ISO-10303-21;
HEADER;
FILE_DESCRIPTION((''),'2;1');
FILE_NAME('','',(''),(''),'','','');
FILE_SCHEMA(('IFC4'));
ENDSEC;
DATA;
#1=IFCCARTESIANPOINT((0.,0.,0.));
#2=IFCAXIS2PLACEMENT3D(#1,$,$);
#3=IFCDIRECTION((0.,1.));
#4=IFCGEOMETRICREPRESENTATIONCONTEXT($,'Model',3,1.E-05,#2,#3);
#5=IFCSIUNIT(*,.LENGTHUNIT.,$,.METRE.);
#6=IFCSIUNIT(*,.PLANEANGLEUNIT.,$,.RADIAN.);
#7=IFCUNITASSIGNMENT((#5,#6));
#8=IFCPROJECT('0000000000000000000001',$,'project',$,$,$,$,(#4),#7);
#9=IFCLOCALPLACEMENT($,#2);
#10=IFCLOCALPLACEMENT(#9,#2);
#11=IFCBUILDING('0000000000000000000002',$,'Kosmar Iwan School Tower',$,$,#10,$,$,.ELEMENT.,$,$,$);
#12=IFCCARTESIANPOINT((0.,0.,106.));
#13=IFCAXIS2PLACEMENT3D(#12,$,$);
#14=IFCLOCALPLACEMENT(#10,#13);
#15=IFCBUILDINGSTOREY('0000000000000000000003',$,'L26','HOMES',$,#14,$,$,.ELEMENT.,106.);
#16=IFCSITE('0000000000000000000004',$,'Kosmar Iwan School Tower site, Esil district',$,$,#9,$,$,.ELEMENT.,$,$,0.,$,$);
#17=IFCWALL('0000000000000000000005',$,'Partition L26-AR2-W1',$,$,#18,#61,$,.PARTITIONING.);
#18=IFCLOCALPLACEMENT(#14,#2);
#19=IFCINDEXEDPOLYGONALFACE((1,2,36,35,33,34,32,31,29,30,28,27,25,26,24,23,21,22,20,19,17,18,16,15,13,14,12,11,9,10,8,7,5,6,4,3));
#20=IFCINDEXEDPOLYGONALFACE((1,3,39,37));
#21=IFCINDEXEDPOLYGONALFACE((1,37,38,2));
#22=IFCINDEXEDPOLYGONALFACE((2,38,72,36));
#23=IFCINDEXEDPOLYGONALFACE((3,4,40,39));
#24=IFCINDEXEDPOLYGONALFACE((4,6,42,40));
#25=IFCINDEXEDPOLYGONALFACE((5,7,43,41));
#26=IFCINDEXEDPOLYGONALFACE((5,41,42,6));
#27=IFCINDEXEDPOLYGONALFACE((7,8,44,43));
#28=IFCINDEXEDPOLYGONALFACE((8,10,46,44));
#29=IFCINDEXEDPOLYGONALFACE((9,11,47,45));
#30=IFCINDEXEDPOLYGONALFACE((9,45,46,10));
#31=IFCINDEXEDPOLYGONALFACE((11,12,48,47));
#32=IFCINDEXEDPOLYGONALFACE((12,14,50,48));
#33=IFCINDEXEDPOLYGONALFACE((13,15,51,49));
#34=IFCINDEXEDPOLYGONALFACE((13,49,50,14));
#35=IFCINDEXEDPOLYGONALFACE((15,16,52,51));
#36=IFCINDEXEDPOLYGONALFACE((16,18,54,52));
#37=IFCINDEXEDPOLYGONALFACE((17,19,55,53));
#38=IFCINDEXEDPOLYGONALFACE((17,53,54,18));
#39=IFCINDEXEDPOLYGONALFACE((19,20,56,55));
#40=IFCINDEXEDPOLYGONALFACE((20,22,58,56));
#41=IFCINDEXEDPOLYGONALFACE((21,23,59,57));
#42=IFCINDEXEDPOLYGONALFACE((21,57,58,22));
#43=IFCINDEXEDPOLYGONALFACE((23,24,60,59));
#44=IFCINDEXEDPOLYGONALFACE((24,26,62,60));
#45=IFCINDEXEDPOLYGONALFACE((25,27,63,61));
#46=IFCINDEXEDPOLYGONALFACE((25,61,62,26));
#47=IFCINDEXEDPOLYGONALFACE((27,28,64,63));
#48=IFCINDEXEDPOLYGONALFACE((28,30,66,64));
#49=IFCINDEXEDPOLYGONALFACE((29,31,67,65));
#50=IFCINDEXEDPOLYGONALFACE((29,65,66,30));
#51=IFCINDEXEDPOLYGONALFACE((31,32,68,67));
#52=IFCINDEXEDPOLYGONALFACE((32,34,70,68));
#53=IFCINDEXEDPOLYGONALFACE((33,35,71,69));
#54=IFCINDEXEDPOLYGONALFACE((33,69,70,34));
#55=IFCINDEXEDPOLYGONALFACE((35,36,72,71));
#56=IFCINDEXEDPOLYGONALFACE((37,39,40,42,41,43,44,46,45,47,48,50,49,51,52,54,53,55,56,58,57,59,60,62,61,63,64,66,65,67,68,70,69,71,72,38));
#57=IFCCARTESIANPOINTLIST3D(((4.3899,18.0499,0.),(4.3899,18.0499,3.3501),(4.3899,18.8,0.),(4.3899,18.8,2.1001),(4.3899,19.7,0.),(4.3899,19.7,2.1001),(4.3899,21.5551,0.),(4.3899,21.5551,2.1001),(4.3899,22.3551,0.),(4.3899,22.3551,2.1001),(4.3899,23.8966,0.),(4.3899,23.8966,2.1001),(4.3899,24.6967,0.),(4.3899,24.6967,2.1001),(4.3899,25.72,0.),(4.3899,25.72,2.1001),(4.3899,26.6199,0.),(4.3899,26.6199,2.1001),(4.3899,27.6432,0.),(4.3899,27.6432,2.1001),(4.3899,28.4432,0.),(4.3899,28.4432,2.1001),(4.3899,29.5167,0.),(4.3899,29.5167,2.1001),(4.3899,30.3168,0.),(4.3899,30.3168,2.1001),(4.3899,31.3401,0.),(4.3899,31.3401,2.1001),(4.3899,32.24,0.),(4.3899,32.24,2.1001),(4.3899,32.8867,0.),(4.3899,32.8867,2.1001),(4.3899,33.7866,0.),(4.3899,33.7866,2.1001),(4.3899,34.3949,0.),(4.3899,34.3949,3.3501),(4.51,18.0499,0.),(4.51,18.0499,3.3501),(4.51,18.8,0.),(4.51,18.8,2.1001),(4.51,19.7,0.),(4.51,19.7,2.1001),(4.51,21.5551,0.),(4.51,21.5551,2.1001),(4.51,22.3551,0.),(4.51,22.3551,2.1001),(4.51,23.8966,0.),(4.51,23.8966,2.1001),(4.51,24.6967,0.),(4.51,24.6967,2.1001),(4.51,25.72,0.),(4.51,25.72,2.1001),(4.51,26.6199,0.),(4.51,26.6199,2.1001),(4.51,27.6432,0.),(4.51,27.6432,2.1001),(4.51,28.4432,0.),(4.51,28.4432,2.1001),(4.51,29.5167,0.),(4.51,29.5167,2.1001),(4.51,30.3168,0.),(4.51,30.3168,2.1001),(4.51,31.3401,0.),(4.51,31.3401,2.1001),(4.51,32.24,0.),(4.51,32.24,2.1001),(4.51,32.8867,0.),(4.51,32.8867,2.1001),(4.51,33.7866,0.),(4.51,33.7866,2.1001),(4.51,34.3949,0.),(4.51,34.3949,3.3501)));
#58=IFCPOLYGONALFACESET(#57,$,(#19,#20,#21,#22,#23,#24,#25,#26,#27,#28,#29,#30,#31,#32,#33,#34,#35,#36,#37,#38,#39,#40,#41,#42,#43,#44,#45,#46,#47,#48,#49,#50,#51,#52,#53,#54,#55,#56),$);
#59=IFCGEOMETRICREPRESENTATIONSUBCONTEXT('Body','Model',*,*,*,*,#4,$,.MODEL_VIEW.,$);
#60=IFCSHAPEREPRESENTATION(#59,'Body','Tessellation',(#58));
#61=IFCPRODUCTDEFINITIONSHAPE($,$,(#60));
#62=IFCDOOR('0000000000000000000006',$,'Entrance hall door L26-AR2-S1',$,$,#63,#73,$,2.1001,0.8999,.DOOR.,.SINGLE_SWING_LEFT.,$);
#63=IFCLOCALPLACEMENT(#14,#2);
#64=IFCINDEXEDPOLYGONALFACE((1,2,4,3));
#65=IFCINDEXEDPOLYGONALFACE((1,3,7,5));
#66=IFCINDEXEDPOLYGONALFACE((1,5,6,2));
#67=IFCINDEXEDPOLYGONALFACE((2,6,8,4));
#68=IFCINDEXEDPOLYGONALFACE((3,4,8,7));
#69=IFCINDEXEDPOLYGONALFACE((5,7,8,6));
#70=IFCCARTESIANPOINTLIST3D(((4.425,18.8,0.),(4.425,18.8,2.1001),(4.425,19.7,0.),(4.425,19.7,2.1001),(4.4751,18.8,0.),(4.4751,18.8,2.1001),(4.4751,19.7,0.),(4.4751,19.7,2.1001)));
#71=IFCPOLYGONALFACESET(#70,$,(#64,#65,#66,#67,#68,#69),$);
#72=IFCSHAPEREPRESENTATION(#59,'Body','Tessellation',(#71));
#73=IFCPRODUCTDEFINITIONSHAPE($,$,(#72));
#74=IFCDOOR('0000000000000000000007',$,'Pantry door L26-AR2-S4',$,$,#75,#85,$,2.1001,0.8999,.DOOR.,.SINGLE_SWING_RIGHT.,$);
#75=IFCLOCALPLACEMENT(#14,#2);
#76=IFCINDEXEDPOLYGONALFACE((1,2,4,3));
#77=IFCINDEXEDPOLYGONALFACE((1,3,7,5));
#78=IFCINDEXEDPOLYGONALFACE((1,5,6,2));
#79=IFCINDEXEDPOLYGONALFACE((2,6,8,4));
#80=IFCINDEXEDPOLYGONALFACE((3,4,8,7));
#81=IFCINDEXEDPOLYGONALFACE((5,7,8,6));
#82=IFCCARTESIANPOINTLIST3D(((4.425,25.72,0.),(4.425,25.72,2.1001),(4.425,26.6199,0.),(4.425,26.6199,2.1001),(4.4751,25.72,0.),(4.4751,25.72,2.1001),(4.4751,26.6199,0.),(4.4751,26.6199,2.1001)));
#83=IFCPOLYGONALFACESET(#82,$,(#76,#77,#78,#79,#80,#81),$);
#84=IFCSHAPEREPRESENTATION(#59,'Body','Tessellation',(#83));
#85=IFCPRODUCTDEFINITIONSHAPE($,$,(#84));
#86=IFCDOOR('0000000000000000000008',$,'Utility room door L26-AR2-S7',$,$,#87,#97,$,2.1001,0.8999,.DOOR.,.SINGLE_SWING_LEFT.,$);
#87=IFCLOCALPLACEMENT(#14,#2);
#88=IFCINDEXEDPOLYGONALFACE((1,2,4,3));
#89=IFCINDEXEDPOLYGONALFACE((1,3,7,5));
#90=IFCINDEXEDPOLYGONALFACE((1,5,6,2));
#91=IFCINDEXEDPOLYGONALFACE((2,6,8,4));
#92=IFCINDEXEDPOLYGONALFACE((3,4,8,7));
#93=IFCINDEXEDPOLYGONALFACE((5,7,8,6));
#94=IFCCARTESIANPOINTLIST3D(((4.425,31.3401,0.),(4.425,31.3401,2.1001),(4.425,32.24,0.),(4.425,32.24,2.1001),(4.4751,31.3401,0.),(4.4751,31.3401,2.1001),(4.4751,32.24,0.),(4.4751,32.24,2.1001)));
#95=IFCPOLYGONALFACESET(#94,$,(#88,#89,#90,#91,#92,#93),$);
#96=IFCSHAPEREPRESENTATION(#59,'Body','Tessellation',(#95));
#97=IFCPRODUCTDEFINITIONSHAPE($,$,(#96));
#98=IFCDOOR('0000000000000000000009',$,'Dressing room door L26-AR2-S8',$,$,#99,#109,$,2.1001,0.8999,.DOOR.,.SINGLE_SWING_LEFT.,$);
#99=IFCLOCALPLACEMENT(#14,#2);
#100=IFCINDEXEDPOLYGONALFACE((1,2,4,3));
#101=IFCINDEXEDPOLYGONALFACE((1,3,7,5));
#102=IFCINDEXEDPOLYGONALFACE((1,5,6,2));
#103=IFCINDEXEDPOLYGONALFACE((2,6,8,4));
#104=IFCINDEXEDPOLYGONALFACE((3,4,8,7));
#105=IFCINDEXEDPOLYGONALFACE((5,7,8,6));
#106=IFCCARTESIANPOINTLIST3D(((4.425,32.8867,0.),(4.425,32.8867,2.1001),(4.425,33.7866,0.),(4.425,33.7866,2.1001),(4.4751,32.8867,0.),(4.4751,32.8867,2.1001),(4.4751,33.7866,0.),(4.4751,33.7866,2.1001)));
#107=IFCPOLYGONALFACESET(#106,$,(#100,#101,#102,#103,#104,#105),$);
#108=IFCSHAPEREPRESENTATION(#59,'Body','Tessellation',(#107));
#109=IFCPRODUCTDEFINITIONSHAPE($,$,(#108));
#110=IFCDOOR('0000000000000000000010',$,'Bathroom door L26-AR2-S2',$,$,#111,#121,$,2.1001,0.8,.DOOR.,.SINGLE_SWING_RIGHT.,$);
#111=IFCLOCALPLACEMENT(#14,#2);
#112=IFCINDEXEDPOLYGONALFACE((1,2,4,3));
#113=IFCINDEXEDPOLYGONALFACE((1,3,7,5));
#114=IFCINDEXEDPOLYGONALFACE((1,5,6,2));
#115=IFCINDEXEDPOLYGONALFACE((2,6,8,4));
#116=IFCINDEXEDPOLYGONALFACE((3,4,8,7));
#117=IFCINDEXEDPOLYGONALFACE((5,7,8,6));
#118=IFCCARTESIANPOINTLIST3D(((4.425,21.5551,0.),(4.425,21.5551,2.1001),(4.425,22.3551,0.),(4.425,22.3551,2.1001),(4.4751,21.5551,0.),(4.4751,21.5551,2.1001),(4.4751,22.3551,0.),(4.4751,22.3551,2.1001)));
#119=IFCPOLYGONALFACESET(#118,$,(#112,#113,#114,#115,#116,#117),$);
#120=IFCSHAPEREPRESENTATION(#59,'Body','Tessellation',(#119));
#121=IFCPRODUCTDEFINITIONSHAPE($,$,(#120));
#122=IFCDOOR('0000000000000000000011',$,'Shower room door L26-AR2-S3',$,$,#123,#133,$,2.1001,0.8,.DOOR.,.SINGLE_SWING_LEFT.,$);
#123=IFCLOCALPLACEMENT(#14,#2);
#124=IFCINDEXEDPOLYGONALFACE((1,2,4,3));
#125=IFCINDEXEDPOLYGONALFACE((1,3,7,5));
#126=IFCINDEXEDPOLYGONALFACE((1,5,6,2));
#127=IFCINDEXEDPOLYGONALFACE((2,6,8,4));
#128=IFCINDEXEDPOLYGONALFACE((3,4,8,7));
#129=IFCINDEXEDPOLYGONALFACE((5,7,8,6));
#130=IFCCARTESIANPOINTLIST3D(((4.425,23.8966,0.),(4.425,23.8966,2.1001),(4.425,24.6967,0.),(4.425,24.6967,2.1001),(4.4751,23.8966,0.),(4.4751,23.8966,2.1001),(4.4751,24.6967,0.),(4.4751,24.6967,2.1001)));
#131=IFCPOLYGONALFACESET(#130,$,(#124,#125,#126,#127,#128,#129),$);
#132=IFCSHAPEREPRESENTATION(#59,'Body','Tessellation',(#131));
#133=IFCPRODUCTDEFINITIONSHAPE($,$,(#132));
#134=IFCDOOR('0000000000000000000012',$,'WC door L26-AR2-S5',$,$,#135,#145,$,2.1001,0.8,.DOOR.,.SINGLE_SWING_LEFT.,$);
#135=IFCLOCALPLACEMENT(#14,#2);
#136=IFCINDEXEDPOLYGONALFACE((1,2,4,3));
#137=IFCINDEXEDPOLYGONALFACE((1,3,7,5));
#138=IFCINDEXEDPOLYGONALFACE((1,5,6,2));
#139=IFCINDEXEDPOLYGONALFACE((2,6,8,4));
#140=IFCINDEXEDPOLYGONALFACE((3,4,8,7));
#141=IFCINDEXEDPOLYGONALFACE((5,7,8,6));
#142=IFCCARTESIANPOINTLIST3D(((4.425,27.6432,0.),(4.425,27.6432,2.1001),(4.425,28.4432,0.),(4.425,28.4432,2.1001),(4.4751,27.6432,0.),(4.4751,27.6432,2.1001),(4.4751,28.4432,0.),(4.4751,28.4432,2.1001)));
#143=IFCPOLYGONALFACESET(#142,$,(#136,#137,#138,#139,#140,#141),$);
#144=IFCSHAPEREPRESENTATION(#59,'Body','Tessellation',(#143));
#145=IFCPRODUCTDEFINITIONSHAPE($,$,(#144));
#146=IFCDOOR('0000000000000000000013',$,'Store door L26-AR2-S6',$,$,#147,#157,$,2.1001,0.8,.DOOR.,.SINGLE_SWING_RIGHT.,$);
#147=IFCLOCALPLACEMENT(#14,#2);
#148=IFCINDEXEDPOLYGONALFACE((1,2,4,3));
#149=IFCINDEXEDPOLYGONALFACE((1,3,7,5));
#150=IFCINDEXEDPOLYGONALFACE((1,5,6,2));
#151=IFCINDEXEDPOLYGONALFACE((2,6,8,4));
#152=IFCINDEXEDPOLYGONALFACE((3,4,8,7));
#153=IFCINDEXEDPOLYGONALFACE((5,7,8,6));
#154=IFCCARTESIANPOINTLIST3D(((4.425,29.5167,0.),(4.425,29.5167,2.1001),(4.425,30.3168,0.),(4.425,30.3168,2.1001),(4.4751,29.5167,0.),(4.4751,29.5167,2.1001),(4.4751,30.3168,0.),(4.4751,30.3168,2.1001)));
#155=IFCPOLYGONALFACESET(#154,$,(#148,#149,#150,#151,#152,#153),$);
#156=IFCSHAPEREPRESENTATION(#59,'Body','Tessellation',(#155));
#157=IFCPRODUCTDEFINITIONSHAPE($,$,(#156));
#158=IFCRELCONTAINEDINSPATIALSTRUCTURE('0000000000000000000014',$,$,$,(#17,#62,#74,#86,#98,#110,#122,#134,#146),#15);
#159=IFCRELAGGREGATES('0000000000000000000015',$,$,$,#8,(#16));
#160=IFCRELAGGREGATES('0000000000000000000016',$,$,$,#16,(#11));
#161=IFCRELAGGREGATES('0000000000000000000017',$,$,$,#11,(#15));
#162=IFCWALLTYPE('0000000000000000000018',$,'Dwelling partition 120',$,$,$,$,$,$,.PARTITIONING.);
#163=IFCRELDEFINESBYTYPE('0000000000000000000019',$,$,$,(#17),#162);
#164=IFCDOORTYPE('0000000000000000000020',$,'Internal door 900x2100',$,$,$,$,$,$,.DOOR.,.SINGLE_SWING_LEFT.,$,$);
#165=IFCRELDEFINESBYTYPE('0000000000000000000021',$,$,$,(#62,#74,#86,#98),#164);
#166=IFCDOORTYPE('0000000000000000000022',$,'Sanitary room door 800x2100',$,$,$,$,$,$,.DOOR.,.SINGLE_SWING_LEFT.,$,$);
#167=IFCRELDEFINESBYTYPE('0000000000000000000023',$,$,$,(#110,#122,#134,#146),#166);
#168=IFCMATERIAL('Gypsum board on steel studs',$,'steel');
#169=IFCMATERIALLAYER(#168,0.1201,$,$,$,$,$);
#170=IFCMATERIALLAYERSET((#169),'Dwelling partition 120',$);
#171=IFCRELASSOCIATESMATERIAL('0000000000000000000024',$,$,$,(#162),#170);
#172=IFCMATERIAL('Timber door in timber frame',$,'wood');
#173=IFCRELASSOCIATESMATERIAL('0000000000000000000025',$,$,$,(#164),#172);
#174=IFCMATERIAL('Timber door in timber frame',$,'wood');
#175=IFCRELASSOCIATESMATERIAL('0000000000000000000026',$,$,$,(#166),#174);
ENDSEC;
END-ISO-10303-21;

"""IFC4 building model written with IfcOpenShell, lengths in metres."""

from ifc_helpers import new_model, si_unit, direction, frame, frame_2d, origin, place, context, subcontext, project, spatial, rectangle, extrude, material, layer, layer_set, type_object, element, fill, save


model = new_model("IFC4")

# Units and contexts
model_context = context("Model", 3, precision=1e-05, world=origin(), true_north=direction((0.0, 1.0)))
body_context = subcontext(model_context, "Body", "Model", "MODEL_VIEW")
ifc_project = project(units=[si_unit("LENGTHUNIT", "METRE"), si_unit("PLANEANGLEUNIT", "RADIAN")], contexts=[model_context])

# Site, building, storey
site_placement = place(None, origin())
site = spatial("IfcSite", under=ifc_project, at=site_placement, Name="Kosmar Iwan School Tower site, Esil district", CompositionType="ELEMENT", RefElevation=0.0)
building_placement = place(site_placement, origin())
building = spatial("IfcBuilding", under=site, at=building_placement, Name="Kosmar Iwan School Tower", CompositionType="ELEMENT")
storey_placement = place(building_placement, frame((0.0, 0.0, 106.0)))
storey = spatial("IfcBuildingStorey", under=building, at=storey_placement, Name="L26", Description="HOMES", CompositionType="ELEMENT", Elevation=106.0)

# Shared definitions
ifc_material_1 = material(Name="Gypsum board on steel studs", Category="steel")
ifc_layer_1 = layer(ifc_material_1, 0.1201)
ifc_layer_set_1 = layer_set([ifc_layer_1], Name="Dwelling partition 120")
wall_type_1 = type_object("IfcWallType", Name="Dwelling partition 120", PredefinedType="PARTITIONING", material=ifc_layer_set_1)
ifc_material_2 = material(Name="Timber door in timber frame", Category="wood")
door_type_1 = type_object("IfcDoorType", Name="Internal door 900x2100", OperationType="SINGLE_SWING_LEFT", PredefinedType="DOOR", material=ifc_material_2)

# Wall, openings, doors
wall_1_placement = place(storey_placement, frame((4.45, 18.05, 0.0), z_axis=(0.0, 0.0, 1.0), x_axis=(0.0, 1.0, 0.0)))
wall_1 = element("IfcWall", 1, at=wall_1_placement, inside=storey, type_object=wall_type_1, Name="Partition L26-AR2-W1", PredefinedType="PARTITIONING", context=body_context, shape_type="SweptSolid", body=[
    extrude(rectangle(XDim=16.345, YDim=0.1201, at=frame_2d((8.1724, 0.0))), origin(), (0.0, 0.0, 1.0), 3.3501),
])
opening_1_placement = place(wall_1_placement, frame((0.75, 0.0, 0.0)))
opening_1 = element("IfcOpeningElement", 2, at=opening_1_placement, cuts=wall_1, PredefinedType="OPENING", context=body_context, shape_type="SweptSolid", body=[
    extrude(rectangle(XDim=0.8999, YDim=2.1001, at=frame_2d((0.45, 1.05))), frame((0.0, 0.072, 0.0), z_axis=(0.0, -1.0, 0.0), x_axis=(1.0, 0.0, 0.0)), (0.0, 0.0, 1.0), 0.144),
])
opening_2_placement = place(wall_1_placement, frame((3.5051, 0.0, 0.0)))
opening_2 = element("IfcOpeningElement", 3, at=opening_2_placement, cuts=wall_1, PredefinedType="OPENING", context=body_context, shape_type="SweptSolid", body=[
    extrude(rectangle(XDim=0.8, YDim=2.1001, at=frame_2d((0.3999, 1.05))), frame((0.0, 0.072, 0.0), z_axis=(0.0, -1.0, 0.0), x_axis=(1.0, 0.0, 0.0)), (0.0, 0.0, 1.0), 0.144),
])
opening_3_placement = place(wall_1_placement, frame((5.8467, 0.0, 0.0)))
opening_3 = element("IfcOpeningElement", 4, at=opening_3_placement, cuts=wall_1, PredefinedType="OPENING", context=body_context, shape_type="SweptSolid", body=[
    extrude(rectangle(XDim=0.8, YDim=2.1001, at=frame_2d((0.3999, 1.05))), frame((0.0, 0.072, 0.0), z_axis=(0.0, -1.0, 0.0), x_axis=(1.0, 0.0, 0.0)), (0.0, 0.0, 1.0), 0.144),
])
opening_4_placement = place(wall_1_placement, frame((7.6699, 0.0, 0.0)))
opening_4 = element("IfcOpeningElement", 5, at=opening_4_placement, cuts=wall_1, PredefinedType="OPENING", context=body_context, shape_type="SweptSolid", body=[
    extrude(rectangle(XDim=0.8999, YDim=2.1001, at=frame_2d((0.45, 1.05))), frame((0.0, 0.072, 0.0), z_axis=(0.0, -1.0, 0.0), x_axis=(1.0, 0.0, 0.0)), (0.0, 0.0, 1.0), 0.144),
])
opening_5_placement = place(wall_1_placement, frame((9.5933, 0.0, 0.0)))
opening_5 = element("IfcOpeningElement", 6, at=opening_5_placement, cuts=wall_1, PredefinedType="OPENING", context=body_context, shape_type="SweptSolid", body=[
    extrude(rectangle(XDim=0.8, YDim=2.1001, at=frame_2d((0.3999, 1.05))), frame((0.0, 0.072, 0.0), z_axis=(0.0, -1.0, 0.0), x_axis=(1.0, 0.0, 0.0)), (0.0, 0.0, 1.0), 0.144),
])
opening_6_placement = place(wall_1_placement, frame((11.4668, 0.0, 0.0)))
opening_6 = element("IfcOpeningElement", 7, at=opening_6_placement, cuts=wall_1, PredefinedType="OPENING", context=body_context, shape_type="SweptSolid", body=[
    extrude(rectangle(XDim=0.8, YDim=2.1001, at=frame_2d((0.3999, 1.05))), frame((0.0, 0.072, 0.0), z_axis=(0.0, -1.0, 0.0), x_axis=(1.0, 0.0, 0.0)), (0.0, 0.0, 1.0), 0.144),
])
opening_7_placement = place(wall_1_placement, frame((13.29, 0.0, 0.0)))
opening_7 = element("IfcOpeningElement", 8, at=opening_7_placement, cuts=wall_1, PredefinedType="OPENING", context=body_context, shape_type="SweptSolid", body=[
    extrude(rectangle(XDim=0.8999, YDim=2.1001, at=frame_2d((0.45, 1.05))), frame((0.0, 0.072, 0.0), z_axis=(0.0, -1.0, 0.0), x_axis=(1.0, 0.0, 0.0)), (0.0, 0.0, 1.0), 0.144),
])
opening_8_placement = place(wall_1_placement, frame((14.8367, 0.0, 0.0)))
opening_8 = element("IfcOpeningElement", 9, at=opening_8_placement, cuts=wall_1, PredefinedType="OPENING", context=body_context, shape_type="SweptSolid", body=[
    extrude(rectangle(XDim=0.8999, YDim=2.1001, at=frame_2d((0.45, 1.05))), frame((0.0, 0.072, 0.0), z_axis=(0.0, -1.0, 0.0), x_axis=(1.0, 0.0, 0.0)), (0.0, 0.0, 1.0), 0.144),
])
door_1_placement = place(opening_1_placement, origin())
door_1 = element("IfcDoor", 10, at=door_1_placement, inside=storey, type_object=door_type_1, Name="Entrance hall door L26-AR2-S1", OperationType="SINGLE_SWING_LEFT", OverallHeight=2.1001, OverallWidth=0.8999, PredefinedType="DOOR", context=body_context, shape_type="SweptSolid", body=[
    extrude(rectangle(XDim=0.8999, YDim=2.1001, at=frame_2d((0.45, 1.05))), frame((0.0, 0.0249, 0.0), z_axis=(0.0, -1.0, 0.0), x_axis=(1.0, 0.0, 0.0)), (0.0, 0.0, 1.0), 0.05),
])
fill(opening_1, door_1)
door_2_placement = place(opening_4_placement, origin())
door_2 = element("IfcDoor", 11, at=door_2_placement, inside=storey, type_object=door_type_1, Name="Pantry door L26-AR2-S4", OperationType="SINGLE_SWING_RIGHT", OverallHeight=2.1001, OverallWidth=0.8999, PredefinedType="DOOR", context=body_context, shape_type="SweptSolid", body=[
    extrude(rectangle(XDim=0.8999, YDim=2.1001, at=frame_2d((0.45, 1.05))), frame((0.0, 0.0249, 0.0), z_axis=(0.0, -1.0, 0.0), x_axis=(1.0, 0.0, 0.0)), (0.0, 0.0, 1.0), 0.05),
])
fill(opening_4, door_2)
door_3_placement = place(opening_7_placement, origin())
door_3 = element("IfcDoor", 12, at=door_3_placement, inside=storey, type_object=door_type_1, Name="Utility room door L26-AR2-S7", OperationType="SINGLE_SWING_LEFT", OverallHeight=2.1001, OverallWidth=0.8999, PredefinedType="DOOR", context=body_context, shape_type="SweptSolid", body=[
    extrude(rectangle(XDim=0.8999, YDim=2.1001, at=frame_2d((0.45, 1.05))), frame((0.0, 0.0249, 0.0), z_axis=(0.0, -1.0, 0.0), x_axis=(1.0, 0.0, 0.0)), (0.0, 0.0, 1.0), 0.05),
])
fill(opening_7, door_3)
door_4_placement = place(opening_8_placement, origin())
door_4 = element("IfcDoor", 13, at=door_4_placement, inside=storey, type_object=door_type_1, Name="Dressing room door L26-AR2-S8", OperationType="SINGLE_SWING_LEFT", OverallHeight=2.1001, OverallWidth=0.8999, PredefinedType="DOOR", context=body_context, shape_type="SweptSolid", body=[
    extrude(rectangle(XDim=0.8999, YDim=2.1001, at=frame_2d((0.45, 1.05))), frame((0.0, 0.0249, 0.0), z_axis=(0.0, -1.0, 0.0), x_axis=(1.0, 0.0, 0.0)), (0.0, 0.0, 1.0), 0.05),
])
fill(opening_8, door_4)
ifc_material_3 = material(Name="Timber door in timber frame", Category="wood")
door_type_2 = type_object("IfcDoorType", Name="Sanitary room door 800x2100", OperationType="SINGLE_SWING_LEFT", PredefinedType="DOOR", material=ifc_material_3)
door_5_placement = place(opening_2_placement, origin())
door_5 = element("IfcDoor", 14, at=door_5_placement, inside=storey, type_object=door_type_2, Name="Bathroom door L26-AR2-S2", OperationType="SINGLE_SWING_RIGHT", OverallHeight=2.1001, OverallWidth=0.8, PredefinedType="DOOR", context=body_context, shape_type="SweptSolid", body=[
    extrude(rectangle(XDim=0.8, YDim=2.1001, at=frame_2d((0.3999, 1.05))), frame((0.0, 0.0249, 0.0), z_axis=(0.0, -1.0, 0.0), x_axis=(1.0, 0.0, 0.0)), (0.0, 0.0, 1.0), 0.05),
])
fill(opening_2, door_5)
door_6_placement = place(opening_3_placement, origin())
door_6 = element("IfcDoor", 15, at=door_6_placement, inside=storey, type_object=door_type_2, Name="Shower room door L26-AR2-S3", OperationType="SINGLE_SWING_LEFT", OverallHeight=2.1001, OverallWidth=0.8, PredefinedType="DOOR", context=body_context, shape_type="SweptSolid", body=[
    extrude(rectangle(XDim=0.8, YDim=2.1001, at=frame_2d((0.3999, 1.05))), frame((0.0, 0.0249, 0.0), z_axis=(0.0, -1.0, 0.0), x_axis=(1.0, 0.0, 0.0)), (0.0, 0.0, 1.0), 0.05),
])
fill(opening_3, door_6)
door_7_placement = place(opening_5_placement, origin())
door_7 = element("IfcDoor", 16, at=door_7_placement, inside=storey, type_object=door_type_2, Name="WC door L26-AR2-S5", OperationType="SINGLE_SWING_LEFT", OverallHeight=2.1001, OverallWidth=0.8, PredefinedType="DOOR", context=body_context, shape_type="SweptSolid", body=[
    extrude(rectangle(XDim=0.8, YDim=2.1001, at=frame_2d((0.3999, 1.05))), frame((0.0, 0.0249, 0.0), z_axis=(0.0, -1.0, 0.0), x_axis=(1.0, 0.0, 0.0)), (0.0, 0.0, 1.0), 0.05),
])
fill(opening_5, door_7)
door_8_placement = place(opening_6_placement, origin())
door_8 = element("IfcDoor", 17, at=door_8_placement, inside=storey, type_object=door_type_2, Name="Store door L26-AR2-S6", OperationType="SINGLE_SWING_RIGHT", OverallHeight=2.1001, OverallWidth=0.8, PredefinedType="DOOR", context=body_context, shape_type="SweptSolid", body=[
    extrude(rectangle(XDim=0.8, YDim=2.1001, at=frame_2d((0.3999, 1.05))), frame((0.0, 0.0249, 0.0), z_axis=(0.0, -1.0, 0.0), x_axis=(1.0, 0.0, 0.0)), (0.0, 0.0, 1.0), 0.05),
])
fill(opening_6, door_8)

save(model, "model.ifc")
